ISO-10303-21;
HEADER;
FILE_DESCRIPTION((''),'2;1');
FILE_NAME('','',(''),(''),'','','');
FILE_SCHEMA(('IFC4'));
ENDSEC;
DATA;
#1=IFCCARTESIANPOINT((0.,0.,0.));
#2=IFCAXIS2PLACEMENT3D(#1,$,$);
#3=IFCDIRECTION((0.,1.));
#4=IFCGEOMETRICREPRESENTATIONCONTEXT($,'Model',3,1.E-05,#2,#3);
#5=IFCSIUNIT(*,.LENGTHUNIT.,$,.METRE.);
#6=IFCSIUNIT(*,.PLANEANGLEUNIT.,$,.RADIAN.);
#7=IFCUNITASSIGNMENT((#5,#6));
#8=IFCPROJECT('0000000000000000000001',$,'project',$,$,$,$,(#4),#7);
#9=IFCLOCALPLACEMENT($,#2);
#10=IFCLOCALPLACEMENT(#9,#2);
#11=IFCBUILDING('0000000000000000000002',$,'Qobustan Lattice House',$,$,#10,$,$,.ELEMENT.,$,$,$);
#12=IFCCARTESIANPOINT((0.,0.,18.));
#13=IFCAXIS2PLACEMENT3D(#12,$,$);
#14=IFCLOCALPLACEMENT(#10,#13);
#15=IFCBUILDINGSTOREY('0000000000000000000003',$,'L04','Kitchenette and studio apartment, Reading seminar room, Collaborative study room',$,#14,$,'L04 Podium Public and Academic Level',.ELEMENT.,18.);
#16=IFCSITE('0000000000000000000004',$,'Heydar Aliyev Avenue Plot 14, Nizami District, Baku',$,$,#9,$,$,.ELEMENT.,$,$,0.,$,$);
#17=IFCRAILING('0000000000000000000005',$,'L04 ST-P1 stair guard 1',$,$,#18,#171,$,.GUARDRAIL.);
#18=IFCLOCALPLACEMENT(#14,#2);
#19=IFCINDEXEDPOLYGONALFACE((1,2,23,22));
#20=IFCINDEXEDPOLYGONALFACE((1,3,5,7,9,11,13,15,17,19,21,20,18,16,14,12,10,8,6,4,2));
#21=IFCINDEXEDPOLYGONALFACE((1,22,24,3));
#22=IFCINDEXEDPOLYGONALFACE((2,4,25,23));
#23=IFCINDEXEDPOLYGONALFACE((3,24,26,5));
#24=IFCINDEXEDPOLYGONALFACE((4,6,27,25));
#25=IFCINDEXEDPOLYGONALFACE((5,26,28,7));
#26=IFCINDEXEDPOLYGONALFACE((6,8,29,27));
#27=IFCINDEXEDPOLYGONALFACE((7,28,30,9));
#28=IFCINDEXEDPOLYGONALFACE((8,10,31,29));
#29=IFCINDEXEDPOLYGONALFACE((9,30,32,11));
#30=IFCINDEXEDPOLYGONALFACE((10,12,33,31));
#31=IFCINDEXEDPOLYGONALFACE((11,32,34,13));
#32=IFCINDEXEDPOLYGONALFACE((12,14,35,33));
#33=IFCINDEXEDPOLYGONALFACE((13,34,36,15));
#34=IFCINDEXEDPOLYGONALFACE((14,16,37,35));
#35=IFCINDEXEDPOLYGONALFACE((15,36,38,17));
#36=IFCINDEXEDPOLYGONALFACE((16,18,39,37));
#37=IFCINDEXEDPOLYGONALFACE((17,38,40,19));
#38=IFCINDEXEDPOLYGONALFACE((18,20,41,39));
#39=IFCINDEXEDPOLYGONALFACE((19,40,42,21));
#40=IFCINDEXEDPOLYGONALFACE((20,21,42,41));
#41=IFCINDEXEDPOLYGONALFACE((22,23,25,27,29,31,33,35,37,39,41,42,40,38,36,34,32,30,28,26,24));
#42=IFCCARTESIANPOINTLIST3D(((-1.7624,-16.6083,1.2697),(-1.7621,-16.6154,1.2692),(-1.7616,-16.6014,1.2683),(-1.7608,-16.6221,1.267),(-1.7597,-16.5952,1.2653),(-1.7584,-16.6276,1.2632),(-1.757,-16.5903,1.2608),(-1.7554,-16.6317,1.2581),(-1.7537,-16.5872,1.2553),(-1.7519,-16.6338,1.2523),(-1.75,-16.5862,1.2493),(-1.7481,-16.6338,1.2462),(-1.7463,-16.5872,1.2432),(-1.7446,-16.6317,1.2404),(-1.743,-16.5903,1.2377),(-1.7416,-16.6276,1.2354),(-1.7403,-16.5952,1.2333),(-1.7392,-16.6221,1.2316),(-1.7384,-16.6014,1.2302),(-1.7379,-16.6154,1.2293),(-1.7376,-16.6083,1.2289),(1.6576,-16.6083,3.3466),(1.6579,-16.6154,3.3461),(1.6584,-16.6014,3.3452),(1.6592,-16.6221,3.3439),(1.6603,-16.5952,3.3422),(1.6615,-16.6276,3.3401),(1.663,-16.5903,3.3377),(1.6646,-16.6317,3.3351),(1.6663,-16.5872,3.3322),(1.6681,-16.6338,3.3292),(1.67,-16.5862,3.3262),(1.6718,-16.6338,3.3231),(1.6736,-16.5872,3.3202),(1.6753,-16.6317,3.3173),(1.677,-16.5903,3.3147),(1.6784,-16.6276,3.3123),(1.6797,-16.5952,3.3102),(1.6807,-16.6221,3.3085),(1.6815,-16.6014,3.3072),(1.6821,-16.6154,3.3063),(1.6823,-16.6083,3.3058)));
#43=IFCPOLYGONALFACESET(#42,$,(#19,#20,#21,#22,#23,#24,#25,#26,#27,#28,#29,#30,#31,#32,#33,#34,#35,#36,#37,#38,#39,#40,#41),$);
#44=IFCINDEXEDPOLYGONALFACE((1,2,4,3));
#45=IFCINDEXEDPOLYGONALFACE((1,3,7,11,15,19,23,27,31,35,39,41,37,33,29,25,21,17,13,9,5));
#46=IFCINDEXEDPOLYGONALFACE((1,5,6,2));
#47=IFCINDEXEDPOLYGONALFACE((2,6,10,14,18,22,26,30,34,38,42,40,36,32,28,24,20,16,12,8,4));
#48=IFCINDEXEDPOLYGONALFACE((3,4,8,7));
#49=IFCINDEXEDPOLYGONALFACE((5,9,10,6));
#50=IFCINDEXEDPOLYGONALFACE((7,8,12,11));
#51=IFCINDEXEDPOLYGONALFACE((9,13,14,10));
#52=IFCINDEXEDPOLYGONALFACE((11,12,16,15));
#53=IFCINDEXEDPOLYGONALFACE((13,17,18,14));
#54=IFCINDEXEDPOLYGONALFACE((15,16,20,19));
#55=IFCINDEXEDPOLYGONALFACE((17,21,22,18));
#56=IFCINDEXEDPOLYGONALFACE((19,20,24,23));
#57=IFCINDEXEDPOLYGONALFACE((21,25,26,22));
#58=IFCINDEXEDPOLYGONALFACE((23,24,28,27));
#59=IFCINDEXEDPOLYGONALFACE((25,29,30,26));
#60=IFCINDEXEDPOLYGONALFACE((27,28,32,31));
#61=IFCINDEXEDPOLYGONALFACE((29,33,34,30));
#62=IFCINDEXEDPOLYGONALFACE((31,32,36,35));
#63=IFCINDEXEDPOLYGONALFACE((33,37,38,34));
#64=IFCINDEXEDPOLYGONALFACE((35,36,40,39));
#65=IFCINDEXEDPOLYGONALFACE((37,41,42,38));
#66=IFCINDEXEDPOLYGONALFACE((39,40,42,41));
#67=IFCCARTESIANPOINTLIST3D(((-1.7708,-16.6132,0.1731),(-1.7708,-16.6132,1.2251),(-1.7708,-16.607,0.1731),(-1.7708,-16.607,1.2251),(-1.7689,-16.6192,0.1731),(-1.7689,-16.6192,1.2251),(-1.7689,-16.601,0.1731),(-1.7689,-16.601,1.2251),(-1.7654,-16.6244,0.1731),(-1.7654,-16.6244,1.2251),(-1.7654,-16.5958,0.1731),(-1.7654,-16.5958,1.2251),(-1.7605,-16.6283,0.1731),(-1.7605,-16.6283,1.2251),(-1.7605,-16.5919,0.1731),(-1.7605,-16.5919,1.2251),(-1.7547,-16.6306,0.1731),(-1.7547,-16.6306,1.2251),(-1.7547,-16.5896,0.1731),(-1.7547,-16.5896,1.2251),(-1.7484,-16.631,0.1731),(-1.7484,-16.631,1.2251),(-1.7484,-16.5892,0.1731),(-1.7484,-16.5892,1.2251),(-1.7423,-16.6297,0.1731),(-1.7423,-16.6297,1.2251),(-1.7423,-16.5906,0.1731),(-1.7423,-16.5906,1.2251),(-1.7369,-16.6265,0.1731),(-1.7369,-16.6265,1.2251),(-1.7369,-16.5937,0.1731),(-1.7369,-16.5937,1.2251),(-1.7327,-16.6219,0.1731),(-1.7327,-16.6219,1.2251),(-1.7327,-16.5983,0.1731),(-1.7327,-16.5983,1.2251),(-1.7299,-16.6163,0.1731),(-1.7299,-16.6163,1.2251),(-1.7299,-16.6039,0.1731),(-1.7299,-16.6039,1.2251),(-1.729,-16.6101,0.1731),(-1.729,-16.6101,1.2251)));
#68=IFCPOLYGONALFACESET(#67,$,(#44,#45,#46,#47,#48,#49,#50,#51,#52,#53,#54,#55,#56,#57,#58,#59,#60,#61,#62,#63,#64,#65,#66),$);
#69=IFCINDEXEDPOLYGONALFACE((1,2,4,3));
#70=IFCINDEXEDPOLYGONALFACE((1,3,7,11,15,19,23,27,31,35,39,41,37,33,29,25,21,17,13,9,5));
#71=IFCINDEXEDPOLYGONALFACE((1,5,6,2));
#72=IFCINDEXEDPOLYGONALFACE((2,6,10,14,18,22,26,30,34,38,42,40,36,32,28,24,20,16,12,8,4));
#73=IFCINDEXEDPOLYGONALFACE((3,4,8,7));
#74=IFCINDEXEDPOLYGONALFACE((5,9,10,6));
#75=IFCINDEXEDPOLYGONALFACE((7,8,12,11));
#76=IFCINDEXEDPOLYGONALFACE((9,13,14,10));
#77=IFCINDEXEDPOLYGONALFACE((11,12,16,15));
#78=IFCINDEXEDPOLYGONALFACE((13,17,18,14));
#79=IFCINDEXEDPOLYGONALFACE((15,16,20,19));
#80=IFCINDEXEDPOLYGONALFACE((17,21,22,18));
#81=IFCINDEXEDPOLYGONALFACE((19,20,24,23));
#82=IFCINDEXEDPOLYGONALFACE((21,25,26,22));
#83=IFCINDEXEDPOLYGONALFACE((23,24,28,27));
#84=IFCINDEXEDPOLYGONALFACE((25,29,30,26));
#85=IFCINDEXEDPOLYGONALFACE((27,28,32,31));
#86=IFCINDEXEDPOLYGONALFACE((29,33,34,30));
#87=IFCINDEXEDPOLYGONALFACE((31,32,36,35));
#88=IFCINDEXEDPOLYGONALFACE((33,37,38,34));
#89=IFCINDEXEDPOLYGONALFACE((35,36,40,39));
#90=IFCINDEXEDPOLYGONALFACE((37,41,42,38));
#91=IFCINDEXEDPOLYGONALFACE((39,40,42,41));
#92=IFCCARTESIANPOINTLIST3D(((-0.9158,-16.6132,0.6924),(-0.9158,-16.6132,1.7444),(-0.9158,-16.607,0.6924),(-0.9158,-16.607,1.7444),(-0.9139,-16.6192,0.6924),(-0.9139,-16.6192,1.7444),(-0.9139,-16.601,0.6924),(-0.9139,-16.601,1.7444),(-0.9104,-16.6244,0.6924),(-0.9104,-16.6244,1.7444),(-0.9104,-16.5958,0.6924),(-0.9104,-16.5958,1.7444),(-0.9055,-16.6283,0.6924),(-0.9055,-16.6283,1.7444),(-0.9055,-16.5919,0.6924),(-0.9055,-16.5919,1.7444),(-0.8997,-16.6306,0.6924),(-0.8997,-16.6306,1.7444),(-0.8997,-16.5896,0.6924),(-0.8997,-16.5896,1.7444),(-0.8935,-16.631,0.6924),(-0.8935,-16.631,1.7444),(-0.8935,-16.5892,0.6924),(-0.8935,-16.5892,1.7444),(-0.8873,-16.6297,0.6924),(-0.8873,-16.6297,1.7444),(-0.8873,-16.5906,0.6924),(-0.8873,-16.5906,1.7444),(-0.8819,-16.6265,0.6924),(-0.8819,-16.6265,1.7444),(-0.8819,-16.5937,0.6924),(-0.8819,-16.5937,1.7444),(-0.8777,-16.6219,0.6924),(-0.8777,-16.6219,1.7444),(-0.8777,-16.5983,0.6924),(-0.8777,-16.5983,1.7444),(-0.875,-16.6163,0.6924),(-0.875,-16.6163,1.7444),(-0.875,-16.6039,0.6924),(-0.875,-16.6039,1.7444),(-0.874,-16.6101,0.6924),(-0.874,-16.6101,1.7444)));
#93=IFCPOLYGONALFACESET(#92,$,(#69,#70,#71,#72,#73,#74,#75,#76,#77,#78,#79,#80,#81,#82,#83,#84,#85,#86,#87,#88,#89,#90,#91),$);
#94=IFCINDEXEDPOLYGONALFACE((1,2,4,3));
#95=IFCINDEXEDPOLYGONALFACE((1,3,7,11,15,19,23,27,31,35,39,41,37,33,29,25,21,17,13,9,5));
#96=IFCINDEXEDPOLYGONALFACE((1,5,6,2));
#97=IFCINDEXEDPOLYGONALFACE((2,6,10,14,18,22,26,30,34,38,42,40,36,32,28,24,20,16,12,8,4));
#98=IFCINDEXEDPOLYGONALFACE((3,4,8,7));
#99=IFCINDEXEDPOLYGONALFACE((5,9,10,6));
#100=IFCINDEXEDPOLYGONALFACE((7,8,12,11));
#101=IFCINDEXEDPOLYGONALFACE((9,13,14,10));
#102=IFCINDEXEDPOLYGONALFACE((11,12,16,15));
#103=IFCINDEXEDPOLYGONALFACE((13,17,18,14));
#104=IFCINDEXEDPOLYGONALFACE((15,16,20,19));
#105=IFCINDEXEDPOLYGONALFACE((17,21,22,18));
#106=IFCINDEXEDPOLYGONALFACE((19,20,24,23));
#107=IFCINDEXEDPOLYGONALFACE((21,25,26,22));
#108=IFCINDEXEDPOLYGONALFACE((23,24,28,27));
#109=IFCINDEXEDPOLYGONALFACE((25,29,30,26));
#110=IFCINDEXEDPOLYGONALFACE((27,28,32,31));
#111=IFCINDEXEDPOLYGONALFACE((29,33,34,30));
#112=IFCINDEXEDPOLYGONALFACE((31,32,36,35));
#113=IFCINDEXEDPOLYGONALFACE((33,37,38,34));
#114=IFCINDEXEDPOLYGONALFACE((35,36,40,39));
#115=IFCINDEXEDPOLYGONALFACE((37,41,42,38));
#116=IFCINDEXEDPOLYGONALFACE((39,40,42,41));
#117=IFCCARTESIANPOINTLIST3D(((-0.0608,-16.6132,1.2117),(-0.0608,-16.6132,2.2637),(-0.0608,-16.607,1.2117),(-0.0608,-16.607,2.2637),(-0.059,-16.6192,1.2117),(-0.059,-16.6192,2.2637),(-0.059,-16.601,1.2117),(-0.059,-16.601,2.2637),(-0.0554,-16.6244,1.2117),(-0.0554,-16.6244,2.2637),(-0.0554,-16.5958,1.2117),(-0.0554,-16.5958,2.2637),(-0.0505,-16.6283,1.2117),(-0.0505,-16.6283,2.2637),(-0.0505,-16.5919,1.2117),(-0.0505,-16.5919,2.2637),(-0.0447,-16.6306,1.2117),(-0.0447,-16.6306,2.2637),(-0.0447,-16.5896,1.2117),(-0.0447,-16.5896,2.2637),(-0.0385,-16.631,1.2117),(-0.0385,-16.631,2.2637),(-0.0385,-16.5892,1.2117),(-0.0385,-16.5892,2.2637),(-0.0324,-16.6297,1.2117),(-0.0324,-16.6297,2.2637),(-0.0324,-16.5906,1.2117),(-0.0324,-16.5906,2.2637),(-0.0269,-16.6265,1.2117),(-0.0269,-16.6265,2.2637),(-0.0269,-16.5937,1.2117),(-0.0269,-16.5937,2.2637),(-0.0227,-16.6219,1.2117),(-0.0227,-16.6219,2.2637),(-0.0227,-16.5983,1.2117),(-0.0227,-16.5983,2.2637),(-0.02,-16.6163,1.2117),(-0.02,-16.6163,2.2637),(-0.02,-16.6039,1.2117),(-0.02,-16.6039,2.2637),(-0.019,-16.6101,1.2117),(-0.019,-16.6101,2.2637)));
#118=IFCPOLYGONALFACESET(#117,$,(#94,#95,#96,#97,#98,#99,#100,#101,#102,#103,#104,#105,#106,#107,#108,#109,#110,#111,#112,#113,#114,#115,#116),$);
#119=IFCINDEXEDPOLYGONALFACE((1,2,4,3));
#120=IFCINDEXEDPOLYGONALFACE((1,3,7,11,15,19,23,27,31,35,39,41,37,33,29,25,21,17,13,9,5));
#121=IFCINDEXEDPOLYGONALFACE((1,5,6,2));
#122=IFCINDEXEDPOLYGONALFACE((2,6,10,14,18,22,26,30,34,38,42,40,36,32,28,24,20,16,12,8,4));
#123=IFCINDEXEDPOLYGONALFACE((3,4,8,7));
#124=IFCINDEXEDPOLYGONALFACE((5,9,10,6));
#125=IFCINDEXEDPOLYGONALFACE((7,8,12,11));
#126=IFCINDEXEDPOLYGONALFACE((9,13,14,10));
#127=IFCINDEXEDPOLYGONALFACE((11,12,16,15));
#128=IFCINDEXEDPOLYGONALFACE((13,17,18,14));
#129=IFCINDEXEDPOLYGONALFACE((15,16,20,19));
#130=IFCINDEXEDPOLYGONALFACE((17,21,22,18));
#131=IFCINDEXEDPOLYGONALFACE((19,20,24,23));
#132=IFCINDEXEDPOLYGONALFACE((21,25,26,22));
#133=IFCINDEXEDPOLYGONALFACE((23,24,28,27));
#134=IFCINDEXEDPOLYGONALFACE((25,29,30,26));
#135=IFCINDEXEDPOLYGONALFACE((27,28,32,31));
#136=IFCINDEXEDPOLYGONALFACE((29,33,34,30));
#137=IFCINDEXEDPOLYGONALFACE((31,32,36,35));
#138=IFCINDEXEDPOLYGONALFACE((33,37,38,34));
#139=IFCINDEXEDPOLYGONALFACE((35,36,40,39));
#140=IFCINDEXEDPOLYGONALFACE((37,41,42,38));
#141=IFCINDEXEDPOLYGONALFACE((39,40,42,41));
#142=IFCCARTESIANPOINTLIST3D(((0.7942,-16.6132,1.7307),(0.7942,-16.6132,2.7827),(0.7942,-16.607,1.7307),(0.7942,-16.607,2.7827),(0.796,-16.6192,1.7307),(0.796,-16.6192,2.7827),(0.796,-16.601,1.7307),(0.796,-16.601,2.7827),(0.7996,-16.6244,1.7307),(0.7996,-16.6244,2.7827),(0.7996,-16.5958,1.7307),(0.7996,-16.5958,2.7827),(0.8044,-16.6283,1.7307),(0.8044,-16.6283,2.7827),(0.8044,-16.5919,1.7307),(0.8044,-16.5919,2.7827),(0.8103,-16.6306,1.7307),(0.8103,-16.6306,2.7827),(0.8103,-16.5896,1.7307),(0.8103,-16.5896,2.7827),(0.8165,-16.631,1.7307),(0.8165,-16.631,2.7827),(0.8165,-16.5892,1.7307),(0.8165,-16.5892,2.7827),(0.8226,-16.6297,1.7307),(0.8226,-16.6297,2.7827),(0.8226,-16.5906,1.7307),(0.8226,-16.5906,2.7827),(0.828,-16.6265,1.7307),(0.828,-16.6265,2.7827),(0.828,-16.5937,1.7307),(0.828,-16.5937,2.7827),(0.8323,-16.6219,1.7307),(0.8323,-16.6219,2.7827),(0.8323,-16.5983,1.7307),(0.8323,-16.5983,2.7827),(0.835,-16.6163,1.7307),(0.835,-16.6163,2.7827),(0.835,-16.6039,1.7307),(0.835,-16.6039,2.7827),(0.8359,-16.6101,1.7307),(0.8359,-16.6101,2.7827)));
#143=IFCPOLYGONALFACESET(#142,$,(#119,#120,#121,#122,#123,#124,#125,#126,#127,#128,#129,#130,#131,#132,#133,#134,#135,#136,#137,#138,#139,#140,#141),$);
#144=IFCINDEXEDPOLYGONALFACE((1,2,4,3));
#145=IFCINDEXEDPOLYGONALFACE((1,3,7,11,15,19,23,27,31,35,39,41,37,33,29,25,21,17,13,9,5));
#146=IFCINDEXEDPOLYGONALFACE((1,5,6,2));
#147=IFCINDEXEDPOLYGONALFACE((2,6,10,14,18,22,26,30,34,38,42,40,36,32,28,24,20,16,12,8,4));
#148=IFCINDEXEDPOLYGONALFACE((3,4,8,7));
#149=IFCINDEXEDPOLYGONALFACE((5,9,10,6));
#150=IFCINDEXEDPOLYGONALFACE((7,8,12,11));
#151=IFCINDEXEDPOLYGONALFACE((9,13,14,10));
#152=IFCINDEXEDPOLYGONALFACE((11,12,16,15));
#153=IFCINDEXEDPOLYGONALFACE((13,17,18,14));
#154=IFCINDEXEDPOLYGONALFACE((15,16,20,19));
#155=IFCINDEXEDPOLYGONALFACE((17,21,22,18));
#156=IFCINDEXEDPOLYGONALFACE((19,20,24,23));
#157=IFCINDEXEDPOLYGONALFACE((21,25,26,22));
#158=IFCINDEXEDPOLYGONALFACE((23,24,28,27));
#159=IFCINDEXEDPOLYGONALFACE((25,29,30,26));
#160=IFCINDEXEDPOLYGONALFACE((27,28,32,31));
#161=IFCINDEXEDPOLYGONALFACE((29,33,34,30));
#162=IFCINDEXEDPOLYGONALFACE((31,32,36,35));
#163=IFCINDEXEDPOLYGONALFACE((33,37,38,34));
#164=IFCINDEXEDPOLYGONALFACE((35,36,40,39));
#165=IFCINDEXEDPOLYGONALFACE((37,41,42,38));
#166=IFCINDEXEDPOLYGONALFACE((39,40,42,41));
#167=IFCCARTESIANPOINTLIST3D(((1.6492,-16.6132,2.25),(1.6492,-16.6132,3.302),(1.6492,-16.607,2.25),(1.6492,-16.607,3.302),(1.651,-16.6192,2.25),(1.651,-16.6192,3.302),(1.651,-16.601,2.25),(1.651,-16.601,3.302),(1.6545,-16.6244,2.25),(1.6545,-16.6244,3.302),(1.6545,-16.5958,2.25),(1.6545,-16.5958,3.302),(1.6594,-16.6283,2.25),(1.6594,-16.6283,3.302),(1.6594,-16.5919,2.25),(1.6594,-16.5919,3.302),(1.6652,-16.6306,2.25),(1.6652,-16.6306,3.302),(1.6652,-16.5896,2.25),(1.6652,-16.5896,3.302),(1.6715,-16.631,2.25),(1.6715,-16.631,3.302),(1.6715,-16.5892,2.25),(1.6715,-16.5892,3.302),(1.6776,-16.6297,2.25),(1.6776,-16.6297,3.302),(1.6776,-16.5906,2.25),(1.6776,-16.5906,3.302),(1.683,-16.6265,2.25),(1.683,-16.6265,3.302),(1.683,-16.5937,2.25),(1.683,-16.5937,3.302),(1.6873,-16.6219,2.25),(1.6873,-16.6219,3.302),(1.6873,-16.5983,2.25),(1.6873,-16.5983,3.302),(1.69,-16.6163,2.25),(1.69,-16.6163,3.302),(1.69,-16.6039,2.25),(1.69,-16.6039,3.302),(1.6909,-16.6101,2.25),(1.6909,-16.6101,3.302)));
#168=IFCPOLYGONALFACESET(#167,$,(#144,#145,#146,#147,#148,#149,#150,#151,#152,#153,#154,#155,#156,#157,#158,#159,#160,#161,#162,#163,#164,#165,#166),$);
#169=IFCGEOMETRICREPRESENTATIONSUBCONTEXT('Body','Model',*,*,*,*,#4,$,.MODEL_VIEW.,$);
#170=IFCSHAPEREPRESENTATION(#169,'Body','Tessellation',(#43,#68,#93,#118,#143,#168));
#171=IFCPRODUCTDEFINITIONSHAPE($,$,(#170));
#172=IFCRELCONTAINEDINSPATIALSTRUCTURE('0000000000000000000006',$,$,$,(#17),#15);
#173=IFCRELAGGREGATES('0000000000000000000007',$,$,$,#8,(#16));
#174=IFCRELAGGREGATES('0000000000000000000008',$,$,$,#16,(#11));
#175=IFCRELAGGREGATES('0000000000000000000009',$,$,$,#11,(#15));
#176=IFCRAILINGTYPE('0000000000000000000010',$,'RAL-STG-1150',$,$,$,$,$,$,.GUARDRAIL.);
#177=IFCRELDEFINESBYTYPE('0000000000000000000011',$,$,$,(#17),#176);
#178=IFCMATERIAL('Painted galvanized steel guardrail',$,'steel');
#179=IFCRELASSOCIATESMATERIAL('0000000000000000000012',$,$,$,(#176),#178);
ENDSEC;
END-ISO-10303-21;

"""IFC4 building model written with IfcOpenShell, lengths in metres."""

from ifc_helpers import new_model, si_unit, direction, frame, origin, origin_2d, place, context, subcontext, project, spatial, circle, extrude, material, type_object, element, save


model = new_model("IFC4")

# Units and contexts
model_context = context("Model", 3, precision=1e-05, world=origin(), true_north=direction((0.0, 1.0)))
body_context = subcontext(model_context, "Body", "Model", "MODEL_VIEW")
ifc_project = project(units=[si_unit("LENGTHUNIT", "METRE"), si_unit("PLANEANGLEUNIT", "RADIAN")], contexts=[model_context])

# Site, building, storey
site_placement = place(None, origin())
site = spatial("IfcSite", under=ifc_project, at=site_placement, Name="Heydar Aliyev Avenue Plot 14, Nizami District, Baku", CompositionType="ELEMENT", RefElevation=0.0)
building_placement = place(site_placement, origin())
building = spatial("IfcBuilding", under=site, at=building_placement, Name="Qobustan Lattice House", CompositionType="ELEMENT")
storey_placement = place(building_placement, frame((0.0, 0.0, 18.0)))
storey = spatial("IfcBuildingStorey", under=building, at=storey_placement, Name="L04", Description="Kitchenette and studio apartment, Reading seminar room, Collaborative study room", LongName="L04 Podium Public and Academic Level", CompositionType="ELEMENT", Elevation=18.0)

# Railing
ifc_material_1 = material(Name="Painted galvanized steel guardrail", Category="steel")
railing_type_1 = type_object("IfcRailingType", Name="RAL-STG-1150", PredefinedType="GUARDRAIL", material=ifc_material_1)
railing_1_placement = place(storey_placement, frame((-1.75, -16.6101, 0.1731)))
element("IfcRailing", 1, at=railing_1_placement, inside=storey, type_object=railing_type_1, Name="L04 ST-P1 stair guard 1", PredefinedType="GUARDRAIL", context=body_context, shape_type="SweptSolid", body=[
    extrude(circle(Radius=0.0239, at=origin_2d()), frame((0.0, 0.0, 1.0762), z_axis=(0.85473, 0.0, 0.519074), x_axis=(0.0, 1.0, 0.0)), (0.0, 0.0, 1.0), 4.0012),
    extrude(circle(Radius=0.021, at=origin_2d()), origin(), (0.0, 0.0, 1.0), 1.052),
    extrude(circle(Radius=0.021, at=origin_2d()), frame((0.855, 0.0, 0.5193)), (0.0, 0.0, 1.0), 1.052),
    extrude(circle(Radius=0.021, at=origin_2d()), frame((1.71, 0.0, 1.0386)), (0.0, 0.0, 1.0), 1.052),
    extrude(circle(Radius=0.021, at=origin_2d()), frame((2.5649, 0.0, 1.5576)), (0.0, 0.0, 1.0), 1.052),
    extrude(circle(Radius=0.021, at=origin_2d()), frame((3.4199, 0.0, 2.0769)), (0.0, 0.0, 1.0), 1.052),
])

save(model, "model.ifc")
